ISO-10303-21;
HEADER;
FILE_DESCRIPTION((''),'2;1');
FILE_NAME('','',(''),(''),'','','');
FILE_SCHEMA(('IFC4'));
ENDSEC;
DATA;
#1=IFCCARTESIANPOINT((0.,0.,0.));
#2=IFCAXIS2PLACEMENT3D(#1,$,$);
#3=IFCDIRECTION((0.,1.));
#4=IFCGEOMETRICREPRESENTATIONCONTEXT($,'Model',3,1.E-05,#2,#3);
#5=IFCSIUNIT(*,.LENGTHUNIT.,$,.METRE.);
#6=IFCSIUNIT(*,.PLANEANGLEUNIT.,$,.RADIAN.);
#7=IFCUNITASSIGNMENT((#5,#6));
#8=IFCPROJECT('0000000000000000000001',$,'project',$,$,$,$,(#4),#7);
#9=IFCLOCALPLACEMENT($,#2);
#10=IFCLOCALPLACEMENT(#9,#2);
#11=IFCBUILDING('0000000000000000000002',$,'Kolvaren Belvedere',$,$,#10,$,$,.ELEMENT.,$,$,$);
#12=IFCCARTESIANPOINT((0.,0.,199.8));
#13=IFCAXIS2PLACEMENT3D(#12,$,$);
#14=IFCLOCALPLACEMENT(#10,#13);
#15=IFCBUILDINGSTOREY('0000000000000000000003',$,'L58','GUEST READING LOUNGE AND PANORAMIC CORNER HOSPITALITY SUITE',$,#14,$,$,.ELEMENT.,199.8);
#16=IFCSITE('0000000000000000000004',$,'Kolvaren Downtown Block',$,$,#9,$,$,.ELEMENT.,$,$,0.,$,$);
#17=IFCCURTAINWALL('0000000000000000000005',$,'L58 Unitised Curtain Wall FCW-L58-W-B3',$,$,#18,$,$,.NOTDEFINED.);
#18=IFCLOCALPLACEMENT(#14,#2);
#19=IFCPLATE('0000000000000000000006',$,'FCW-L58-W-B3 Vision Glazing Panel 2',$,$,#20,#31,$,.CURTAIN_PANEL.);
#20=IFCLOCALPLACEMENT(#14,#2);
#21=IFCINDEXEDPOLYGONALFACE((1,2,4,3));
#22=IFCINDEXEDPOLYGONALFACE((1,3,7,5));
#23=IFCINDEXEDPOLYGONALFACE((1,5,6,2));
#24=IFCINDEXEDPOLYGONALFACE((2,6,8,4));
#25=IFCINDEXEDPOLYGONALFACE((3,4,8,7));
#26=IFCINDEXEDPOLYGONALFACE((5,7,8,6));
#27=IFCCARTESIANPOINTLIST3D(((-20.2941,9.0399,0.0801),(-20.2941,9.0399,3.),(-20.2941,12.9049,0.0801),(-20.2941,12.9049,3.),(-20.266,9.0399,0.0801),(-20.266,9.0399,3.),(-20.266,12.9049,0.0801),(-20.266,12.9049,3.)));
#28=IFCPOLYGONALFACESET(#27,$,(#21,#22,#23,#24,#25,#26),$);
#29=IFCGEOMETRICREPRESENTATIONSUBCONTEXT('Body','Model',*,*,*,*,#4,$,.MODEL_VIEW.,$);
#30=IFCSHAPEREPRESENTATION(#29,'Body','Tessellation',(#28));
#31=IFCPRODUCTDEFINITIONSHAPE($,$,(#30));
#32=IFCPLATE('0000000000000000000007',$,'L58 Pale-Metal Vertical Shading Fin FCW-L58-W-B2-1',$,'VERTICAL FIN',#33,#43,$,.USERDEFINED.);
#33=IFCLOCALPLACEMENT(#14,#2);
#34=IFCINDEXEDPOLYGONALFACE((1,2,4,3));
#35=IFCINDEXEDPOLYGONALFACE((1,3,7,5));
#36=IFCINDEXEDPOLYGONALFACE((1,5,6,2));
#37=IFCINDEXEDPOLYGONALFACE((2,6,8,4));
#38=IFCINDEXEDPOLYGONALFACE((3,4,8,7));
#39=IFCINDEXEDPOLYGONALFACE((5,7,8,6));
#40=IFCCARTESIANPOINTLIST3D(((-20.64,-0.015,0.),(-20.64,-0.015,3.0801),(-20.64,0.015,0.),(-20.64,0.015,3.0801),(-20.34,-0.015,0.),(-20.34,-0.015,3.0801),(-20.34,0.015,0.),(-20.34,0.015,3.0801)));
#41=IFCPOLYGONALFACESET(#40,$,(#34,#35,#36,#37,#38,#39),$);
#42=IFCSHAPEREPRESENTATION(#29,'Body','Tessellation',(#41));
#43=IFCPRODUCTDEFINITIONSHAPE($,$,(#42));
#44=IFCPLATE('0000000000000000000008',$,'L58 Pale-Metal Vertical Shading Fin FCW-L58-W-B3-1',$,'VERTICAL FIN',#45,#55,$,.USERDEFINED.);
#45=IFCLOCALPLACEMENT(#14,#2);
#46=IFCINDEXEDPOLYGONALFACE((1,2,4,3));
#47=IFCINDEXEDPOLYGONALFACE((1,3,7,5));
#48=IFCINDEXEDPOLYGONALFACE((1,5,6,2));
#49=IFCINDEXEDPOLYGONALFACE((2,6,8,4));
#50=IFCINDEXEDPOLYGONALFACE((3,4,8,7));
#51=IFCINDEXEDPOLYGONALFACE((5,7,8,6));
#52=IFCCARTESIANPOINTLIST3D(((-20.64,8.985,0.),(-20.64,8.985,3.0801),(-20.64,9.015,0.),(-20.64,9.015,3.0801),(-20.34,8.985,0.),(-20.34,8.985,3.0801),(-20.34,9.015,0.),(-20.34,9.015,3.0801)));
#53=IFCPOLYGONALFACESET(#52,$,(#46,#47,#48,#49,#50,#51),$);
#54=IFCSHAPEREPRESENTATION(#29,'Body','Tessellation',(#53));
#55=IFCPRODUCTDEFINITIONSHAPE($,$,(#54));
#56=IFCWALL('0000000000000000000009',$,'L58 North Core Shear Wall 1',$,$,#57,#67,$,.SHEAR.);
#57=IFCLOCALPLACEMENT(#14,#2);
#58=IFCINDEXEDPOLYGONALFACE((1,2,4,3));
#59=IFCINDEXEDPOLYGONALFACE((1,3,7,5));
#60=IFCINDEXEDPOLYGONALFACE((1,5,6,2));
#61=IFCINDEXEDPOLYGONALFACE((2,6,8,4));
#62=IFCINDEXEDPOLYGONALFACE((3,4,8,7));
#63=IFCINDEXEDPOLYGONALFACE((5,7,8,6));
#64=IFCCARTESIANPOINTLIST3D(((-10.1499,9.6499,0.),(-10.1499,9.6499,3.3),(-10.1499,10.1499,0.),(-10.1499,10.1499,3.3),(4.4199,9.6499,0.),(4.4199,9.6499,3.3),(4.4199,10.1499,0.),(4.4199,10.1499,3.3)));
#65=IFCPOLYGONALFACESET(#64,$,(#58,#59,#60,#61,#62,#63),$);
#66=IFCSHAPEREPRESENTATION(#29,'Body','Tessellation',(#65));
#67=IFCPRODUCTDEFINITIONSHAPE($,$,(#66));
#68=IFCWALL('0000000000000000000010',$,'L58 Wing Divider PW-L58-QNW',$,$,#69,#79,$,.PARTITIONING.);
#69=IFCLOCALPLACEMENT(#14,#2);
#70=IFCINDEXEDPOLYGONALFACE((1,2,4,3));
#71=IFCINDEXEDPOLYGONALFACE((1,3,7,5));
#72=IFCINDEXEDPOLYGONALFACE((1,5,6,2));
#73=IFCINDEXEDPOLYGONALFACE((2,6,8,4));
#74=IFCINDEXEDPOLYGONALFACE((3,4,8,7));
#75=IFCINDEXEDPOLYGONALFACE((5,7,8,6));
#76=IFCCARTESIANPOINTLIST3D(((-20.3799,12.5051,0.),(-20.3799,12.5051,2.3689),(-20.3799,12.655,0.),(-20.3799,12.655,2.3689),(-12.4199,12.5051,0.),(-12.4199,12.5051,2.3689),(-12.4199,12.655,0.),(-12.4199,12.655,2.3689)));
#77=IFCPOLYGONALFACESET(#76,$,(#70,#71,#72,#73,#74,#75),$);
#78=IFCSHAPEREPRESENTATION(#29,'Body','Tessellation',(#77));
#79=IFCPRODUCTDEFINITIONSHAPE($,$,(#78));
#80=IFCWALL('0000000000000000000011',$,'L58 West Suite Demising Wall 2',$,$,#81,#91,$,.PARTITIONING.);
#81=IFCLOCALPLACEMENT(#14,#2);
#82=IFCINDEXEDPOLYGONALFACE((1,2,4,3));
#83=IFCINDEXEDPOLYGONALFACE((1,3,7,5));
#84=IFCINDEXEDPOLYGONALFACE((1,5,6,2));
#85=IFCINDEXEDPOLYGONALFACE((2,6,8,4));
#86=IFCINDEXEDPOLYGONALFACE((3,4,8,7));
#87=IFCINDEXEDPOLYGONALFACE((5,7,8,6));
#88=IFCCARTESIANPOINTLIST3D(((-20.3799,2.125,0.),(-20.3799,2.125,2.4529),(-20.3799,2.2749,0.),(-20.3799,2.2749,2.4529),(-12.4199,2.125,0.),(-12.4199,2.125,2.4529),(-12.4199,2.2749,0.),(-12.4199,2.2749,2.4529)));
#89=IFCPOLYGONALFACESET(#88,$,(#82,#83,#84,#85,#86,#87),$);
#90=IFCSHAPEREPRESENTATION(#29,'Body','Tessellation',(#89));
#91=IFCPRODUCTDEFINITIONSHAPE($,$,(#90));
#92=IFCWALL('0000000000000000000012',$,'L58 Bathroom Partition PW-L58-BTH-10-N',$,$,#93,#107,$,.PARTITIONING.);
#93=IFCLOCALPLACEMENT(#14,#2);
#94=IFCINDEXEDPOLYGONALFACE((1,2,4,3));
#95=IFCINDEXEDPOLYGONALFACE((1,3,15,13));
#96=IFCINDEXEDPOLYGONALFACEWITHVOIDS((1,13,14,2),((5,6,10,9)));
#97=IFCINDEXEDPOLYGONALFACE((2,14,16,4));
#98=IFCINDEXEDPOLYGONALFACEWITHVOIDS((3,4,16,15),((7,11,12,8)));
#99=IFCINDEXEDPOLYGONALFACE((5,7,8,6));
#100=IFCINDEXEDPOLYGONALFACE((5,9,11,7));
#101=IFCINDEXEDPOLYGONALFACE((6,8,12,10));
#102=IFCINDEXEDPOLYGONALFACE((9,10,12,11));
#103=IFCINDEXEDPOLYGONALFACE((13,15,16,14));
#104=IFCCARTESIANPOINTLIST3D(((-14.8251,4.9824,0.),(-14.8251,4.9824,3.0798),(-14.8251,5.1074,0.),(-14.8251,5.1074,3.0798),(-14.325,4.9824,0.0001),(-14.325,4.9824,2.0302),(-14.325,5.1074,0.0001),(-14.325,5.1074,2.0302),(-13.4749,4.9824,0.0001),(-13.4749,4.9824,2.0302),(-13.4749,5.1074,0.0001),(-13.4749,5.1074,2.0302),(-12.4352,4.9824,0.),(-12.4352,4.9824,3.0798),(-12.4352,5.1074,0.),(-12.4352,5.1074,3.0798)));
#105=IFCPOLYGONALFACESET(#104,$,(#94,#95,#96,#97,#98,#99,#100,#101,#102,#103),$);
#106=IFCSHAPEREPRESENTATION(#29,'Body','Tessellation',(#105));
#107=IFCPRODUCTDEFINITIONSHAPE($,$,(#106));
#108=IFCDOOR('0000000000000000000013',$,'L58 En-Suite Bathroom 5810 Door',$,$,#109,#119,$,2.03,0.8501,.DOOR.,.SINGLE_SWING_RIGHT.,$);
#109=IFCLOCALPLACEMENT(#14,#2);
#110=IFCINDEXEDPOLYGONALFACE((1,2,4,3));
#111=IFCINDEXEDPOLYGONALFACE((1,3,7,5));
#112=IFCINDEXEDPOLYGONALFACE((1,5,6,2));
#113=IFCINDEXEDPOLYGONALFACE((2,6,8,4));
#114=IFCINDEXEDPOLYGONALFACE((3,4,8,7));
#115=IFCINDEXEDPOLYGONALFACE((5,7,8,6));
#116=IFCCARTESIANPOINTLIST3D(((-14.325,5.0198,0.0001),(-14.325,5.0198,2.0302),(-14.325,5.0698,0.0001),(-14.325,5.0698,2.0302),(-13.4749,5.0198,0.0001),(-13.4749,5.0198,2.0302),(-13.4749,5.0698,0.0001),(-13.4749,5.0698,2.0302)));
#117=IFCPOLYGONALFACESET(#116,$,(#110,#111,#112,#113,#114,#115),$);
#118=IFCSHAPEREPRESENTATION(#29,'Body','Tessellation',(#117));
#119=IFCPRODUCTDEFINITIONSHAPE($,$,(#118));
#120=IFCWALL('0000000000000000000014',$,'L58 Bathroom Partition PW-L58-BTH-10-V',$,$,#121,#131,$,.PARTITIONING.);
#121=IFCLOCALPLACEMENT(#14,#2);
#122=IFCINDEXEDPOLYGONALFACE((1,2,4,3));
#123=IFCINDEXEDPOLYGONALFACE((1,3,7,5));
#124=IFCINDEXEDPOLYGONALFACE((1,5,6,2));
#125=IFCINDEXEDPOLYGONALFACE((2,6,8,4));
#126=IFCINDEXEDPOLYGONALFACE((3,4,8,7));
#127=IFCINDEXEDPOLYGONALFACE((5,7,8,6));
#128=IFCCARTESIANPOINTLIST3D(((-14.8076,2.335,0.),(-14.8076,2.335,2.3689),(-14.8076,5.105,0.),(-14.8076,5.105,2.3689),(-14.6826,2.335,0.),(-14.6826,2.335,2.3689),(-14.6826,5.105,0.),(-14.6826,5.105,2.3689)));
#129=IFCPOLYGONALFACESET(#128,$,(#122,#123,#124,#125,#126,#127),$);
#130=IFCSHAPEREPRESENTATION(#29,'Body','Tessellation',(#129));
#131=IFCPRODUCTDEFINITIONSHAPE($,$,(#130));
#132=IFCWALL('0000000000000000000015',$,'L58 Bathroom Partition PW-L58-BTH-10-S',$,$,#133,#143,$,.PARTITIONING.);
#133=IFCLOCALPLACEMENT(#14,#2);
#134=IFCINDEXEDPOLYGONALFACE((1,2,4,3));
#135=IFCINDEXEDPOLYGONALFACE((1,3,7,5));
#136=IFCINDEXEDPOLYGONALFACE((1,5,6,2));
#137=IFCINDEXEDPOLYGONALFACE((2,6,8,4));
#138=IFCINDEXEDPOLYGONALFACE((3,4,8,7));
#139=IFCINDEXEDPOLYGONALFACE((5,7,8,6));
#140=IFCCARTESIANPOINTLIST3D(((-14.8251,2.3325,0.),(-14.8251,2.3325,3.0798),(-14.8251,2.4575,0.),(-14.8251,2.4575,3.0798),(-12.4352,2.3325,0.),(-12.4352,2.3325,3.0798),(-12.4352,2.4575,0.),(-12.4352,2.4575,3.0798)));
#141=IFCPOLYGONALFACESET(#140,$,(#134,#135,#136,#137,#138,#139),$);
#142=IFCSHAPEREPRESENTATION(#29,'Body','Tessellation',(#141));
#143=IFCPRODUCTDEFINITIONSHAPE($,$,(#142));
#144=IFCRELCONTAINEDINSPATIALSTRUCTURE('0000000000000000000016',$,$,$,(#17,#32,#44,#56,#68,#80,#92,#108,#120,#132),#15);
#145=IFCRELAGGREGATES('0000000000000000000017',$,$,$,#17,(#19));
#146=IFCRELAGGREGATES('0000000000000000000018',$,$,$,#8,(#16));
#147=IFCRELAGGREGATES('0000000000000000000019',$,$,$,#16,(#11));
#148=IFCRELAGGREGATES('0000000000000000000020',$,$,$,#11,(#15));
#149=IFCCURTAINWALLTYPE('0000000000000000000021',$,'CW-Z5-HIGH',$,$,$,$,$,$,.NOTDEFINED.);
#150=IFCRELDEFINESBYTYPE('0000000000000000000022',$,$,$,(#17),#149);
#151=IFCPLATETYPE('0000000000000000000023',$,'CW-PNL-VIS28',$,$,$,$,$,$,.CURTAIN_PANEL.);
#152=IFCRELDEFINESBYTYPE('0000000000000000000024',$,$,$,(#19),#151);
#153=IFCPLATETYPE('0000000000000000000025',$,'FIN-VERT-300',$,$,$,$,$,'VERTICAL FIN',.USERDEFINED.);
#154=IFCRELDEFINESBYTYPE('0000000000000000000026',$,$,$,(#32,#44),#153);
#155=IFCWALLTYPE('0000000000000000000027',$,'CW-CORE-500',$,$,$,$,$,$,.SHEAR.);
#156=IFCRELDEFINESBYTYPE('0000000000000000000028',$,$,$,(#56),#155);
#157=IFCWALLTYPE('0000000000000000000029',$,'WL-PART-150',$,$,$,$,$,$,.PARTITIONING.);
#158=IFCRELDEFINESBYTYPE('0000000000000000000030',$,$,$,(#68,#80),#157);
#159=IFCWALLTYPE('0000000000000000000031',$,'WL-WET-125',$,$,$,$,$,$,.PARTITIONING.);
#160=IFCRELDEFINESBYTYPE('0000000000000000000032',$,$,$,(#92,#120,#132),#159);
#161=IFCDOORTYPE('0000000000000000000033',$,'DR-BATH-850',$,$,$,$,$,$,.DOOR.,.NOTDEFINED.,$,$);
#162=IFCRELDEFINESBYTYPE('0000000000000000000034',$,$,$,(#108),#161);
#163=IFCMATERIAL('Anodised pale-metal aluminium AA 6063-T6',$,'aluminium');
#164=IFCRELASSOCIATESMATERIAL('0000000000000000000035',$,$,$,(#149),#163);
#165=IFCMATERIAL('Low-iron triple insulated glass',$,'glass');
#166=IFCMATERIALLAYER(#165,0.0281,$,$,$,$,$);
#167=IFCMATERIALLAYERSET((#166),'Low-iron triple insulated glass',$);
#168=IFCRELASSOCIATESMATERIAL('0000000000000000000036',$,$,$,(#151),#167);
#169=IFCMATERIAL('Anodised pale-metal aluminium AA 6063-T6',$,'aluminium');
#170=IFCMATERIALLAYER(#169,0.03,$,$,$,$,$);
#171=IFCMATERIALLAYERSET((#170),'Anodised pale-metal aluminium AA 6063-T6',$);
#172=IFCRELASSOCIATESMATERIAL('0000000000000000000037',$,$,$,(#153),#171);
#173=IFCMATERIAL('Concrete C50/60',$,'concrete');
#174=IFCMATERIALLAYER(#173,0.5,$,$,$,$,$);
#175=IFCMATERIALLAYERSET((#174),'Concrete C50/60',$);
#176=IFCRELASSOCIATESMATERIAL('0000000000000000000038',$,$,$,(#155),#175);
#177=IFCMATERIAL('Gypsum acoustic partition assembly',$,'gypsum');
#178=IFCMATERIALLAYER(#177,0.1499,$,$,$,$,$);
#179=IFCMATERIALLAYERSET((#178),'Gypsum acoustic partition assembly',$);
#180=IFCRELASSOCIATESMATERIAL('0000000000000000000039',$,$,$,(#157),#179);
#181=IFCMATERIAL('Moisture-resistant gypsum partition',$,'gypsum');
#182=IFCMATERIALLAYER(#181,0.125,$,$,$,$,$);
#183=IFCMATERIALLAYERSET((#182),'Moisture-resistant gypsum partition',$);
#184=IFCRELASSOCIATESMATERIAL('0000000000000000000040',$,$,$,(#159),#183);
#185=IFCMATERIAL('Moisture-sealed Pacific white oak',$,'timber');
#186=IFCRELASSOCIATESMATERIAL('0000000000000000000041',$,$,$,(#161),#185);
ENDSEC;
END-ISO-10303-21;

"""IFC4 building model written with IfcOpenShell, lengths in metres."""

from ifc_helpers import new_model, si_unit, direction, frame, frame_2d, origin, origin_2d, place, context, subcontext, project, spatial, rectangle, extrude, material, layer, layer_set, type_object, element, fill, aggregate, save


model = new_model("IFC4")

# Units and contexts
model_context = context("Model", 3, precision=1e-05, world=origin(), true_north=direction((0.0, 1.0)))
body_context = subcontext(model_context, "Body", "Model", "MODEL_VIEW")
ifc_project = project(units=[si_unit("LENGTHUNIT", "METRE"), si_unit("PLANEANGLEUNIT", "RADIAN")], contexts=[model_context])

# Site, building, storey
site_placement = place(None, origin())
site = spatial("IfcSite", under=ifc_project, at=site_placement, Name="Kolvaren Downtown Block", CompositionType="ELEMENT", RefElevation=0.0)
building_placement = place(site_placement, origin())
building = spatial("IfcBuilding", under=site, at=building_placement, Name="Kolvaren Belvedere", CompositionType="ELEMENT")
storey_placement = place(building_placement, frame((0.0, 0.0, 199.8)))
storey = spatial("IfcBuildingStorey", under=building, at=storey_placement, Name="L58", Description="GUEST READING LOUNGE AND PANORAMIC CORNER HOSPITALITY SUITE", CompositionType="ELEMENT", Elevation=199.8)

# Curtain wall
ifc_material_1 = material(Name="Anodised pale-metal aluminium AA 6063-T6", Category="aluminium")
curtain_wall_type = type_object("IfcCurtainWallType", Name="CW-Z5-HIGH", PredefinedType="NOTDEFINED", material=ifc_material_1)
curtain_wall_1_placement = place(storey_placement, origin())
curtain_wall_1 = element("IfcCurtainWall", 1, at=curtain_wall_1_placement, inside=storey, type_object=curtain_wall_type, Name="L58 Unitised Curtain Wall FCW-L58-W-B3", PredefinedType="NOTDEFINED")

# Plate
ifc_material_2 = material(Name="Low-iron triple insulated glass", Category="glass")
ifc_layer_1 = layer(ifc_material_2, 0.0281)
ifc_layer_set_1 = layer_set([ifc_layer_1], Name="Low-iron triple insulated glass")
plate_type_1 = type_object("IfcPlateType", Name="CW-PNL-VIS28", PredefinedType="CURTAIN_PANEL", material=ifc_layer_set_1)
plate_1_placement = place(storey_placement, frame((-20.28, 10.9724, 0.0801), z_axis=(0.0, 0.0, 1.0), x_axis=(0.0, 1.0, 0.0)))
plate_1 = element("IfcPlate", 2, at=plate_1_placement, type_object=plate_type_1, Name="FCW-L58-W-B3 Vision Glazing Panel 2", PredefinedType="CURTAIN_PANEL", context=body_context, shape_type="SweptSolid", body=[
    extrude(rectangle(XDim=3.865, YDim=0.0281, at=origin_2d()), origin(), (0.0, 0.0, 1.0), 2.9199),
])
aggregate(curtain_wall_1, [plate_1])

# Plates
ifc_material_3 = material(Name="Anodised pale-metal aluminium AA 6063-T6", Category="aluminium")
ifc_layer_2 = layer(ifc_material_3, 0.03)
ifc_layer_set_2 = layer_set([ifc_layer_2], Name="Anodised pale-metal aluminium AA 6063-T6")
plate_type_2 = type_object("IfcPlateType", Name="FIN-VERT-300", ElementType="VERTICAL FIN", PredefinedType="USERDEFINED", material=ifc_layer_set_2)
for number, where, z_axis, x_axis, name in (
    (3, (-20.49, 0.0, 0.0), (0.0, 0.0, 1.0), (1.0, 0.0, 0.0), "L58 Pale-Metal Vertical Shading Fin FCW-L58-W-B2-1"),
    (4, (-20.49, 9.0, 0.0), (0.0, 0.0, 1.0), (1.0, 0.0, 0.0), "L58 Pale-Metal Vertical Shading Fin FCW-L58-W-B3-1"),
):
    element("IfcPlate", number, at=place(storey_placement, frame(where, z_axis=z_axis, x_axis=x_axis)), inside=storey, type_object=plate_type_2, Name=name, ObjectType="VERTICAL FIN", PredefinedType="USERDEFINED", context=body_context, shape_type="SweptSolid", body=[
        extrude(rectangle(XDim=0.3, YDim=0.03, at=origin_2d()), origin(), (0.0, 0.0, 1.0), 3.0801),
    ])

# Walls
ifc_material_4 = material(Name="Concrete C50/60", Category="concrete")
ifc_layer_3 = layer(ifc_material_4, 0.5)
ifc_layer_set_3 = layer_set([ifc_layer_3], Name="Concrete C50/60")
wall_type_1 = type_object("IfcWallType", Name="CW-CORE-500", PredefinedType="SHEAR", material=ifc_layer_set_3)
wall_1_placement = place(storey_placement, frame((-10.1499, 9.8999, 0.0), z_axis=(0.0, 0.0, 1.0), x_axis=(1.0, 0.0, 0.0)))
element("IfcWall", 5, at=wall_1_placement, inside=storey, type_object=wall_type_1, Name="L58 North Core Shear Wall 1", PredefinedType="SHEAR", context=body_context, shape_type="SweptSolid", body=[
    extrude(rectangle(XDim=14.5698, YDim=0.5, at=frame_2d((7.2849, 0.0))), origin(), (0.0, 0.0, 1.0), 3.3),
])
ifc_material_5 = material(Name="Gypsum acoustic partition assembly", Category="gypsum")
ifc_layer_4 = layer(ifc_material_5, 0.1499)
ifc_layer_set_4 = layer_set([ifc_layer_4], Name="Gypsum acoustic partition assembly")
wall_type_2 = type_object("IfcWallType", Name="WL-PART-150", PredefinedType="PARTITIONING", material=ifc_layer_set_4)
wall_2_placement = place(storey_placement, frame((-20.3799, 12.5801, 0.0), z_axis=(0.0, 0.0, 1.0), x_axis=(1.0, 0.0, 0.0)))
element("IfcWall", 6, at=wall_2_placement, inside=storey, type_object=wall_type_2, Name="L58 Wing Divider PW-L58-QNW", PredefinedType="PARTITIONING", context=body_context, shape_type="SweptSolid", body=[
    extrude(rectangle(XDim=7.96, YDim=0.1499, at=frame_2d((3.98, 0.0))), origin(), (0.0, 0.0, 1.0), 2.3689),
])
wall_3_placement = place(storey_placement, frame((-20.3799, 2.2, 0.0), z_axis=(0.0, 0.0, 1.0), x_axis=(1.0, 0.0, 0.0)))
element("IfcWall", 7, at=wall_3_placement, inside=storey, type_object=wall_type_2, Name="L58 West Suite Demising Wall 2", PredefinedType="PARTITIONING", context=body_context, shape_type="SweptSolid", body=[
    extrude(rectangle(XDim=7.96, YDim=0.1499, at=frame_2d((3.98, 0.0))), origin(), (0.0, 0.0, 1.0), 2.4529),
])

# Wall, opening, door
ifc_material_6 = material(Name="Moisture-resistant gypsum partition", Category="gypsum")
ifc_layer_5 = layer(ifc_material_6, 0.125)
ifc_layer_set_5 = layer_set([ifc_layer_5], Name="Moisture-resistant gypsum partition")
wall_type_3 = type_object("IfcWallType", Name="WL-WET-125", PredefinedType="PARTITIONING", material=ifc_layer_set_5)
wall_4_placement = place(storey_placement, frame((-14.825, 5.0449, 0.0), z_axis=(0.0, 0.0, 1.0), x_axis=(1.0, 0.0, 0.0)))
wall_4 = element("IfcWall", 8, at=wall_4_placement, inside=storey, type_object=wall_type_3, Name="L58 Bathroom Partition PW-L58-BTH-10-N", PredefinedType="PARTITIONING", context=body_context, shape_type="SweptSolid", body=[
    extrude(rectangle(XDim=2.3899, YDim=0.125, at=frame_2d((1.1948, 0.0))), origin(), (0.0, 0.0, 1.0), 3.0798),
])
opening_placement = place(wall_4_placement, frame((0.5, 0.0, 0.0)))
opening = element("IfcOpeningElement", 9, at=opening_placement, cuts=wall_4, PredefinedType="OPENING", context=body_context, shape_type="SweptSolid", body=[
    extrude(rectangle(XDim=0.8501, YDim=2.03, at=frame_2d((0.425, 1.0151))), frame((0.0, 0.0725, 0.0), z_axis=(0.0, -1.0, 0.0), x_axis=(1.0, 0.0, 0.0)), (0.0, 0.0, 1.0), 0.145),
])
ifc_material_7 = material(Name="Moisture-sealed Pacific white oak", Category="timber")
door_type = type_object("IfcDoorType", Name="DR-BATH-850", OperationType="NOTDEFINED", PredefinedType="DOOR", material=ifc_material_7)
door_placement = place(opening_placement, origin())
door = element("IfcDoor", 10, at=door_placement, inside=storey, type_object=door_type, Name="L58 En-Suite Bathroom 5810 Door", OperationType="SINGLE_SWING_RIGHT", OverallHeight=2.03, OverallWidth=0.8501, PredefinedType="DOOR", context=body_context, shape_type="SweptSolid", body=[
    extrude(rectangle(XDim=0.8501, YDim=2.03, at=frame_2d((0.425, 1.0151))), frame((0.0, 0.0249, 0.0), z_axis=(0.0, -1.0, 0.0), x_axis=(1.0, 0.0, 0.0)), (0.0, 0.0, 1.0), 0.05),
])
fill(opening, door)

# Walls
wall_5_placement = place(storey_placement, frame((-14.7451, 2.335, 0.0), z_axis=(0.0, 0.0, 1.0), x_axis=(0.0, 1.0, 0.0)))
element("IfcWall", 11, at=wall_5_placement, inside=storey, type_object=wall_type_3, Name="L58 Bathroom Partition PW-L58-BTH-10-V", PredefinedType="PARTITIONING", context=body_context, shape_type="SweptSolid", body=[
    extrude(rectangle(XDim=2.77, YDim=0.125, at=frame_2d((1.385, 0.0))), origin(), (0.0, 0.0, 1.0), 2.3689),
])
wall_6_placement = place(storey_placement, frame((-14.825, 2.395, 0.0), z_axis=(0.0, 0.0, 1.0), x_axis=(1.0, 0.0, 0.0)))
element("IfcWall", 12, at=wall_6_placement, inside=storey, type_object=wall_type_3, Name="L58 Bathroom Partition PW-L58-BTH-10-S", PredefinedType="PARTITIONING", context=body_context, shape_type="SweptSolid", body=[
    extrude(rectangle(XDim=2.3899, YDim=0.125, at=frame_2d((1.1948, 0.0))), origin(), (0.0, 0.0, 1.0), 3.0798),
])

save(model, "model.ifc")
